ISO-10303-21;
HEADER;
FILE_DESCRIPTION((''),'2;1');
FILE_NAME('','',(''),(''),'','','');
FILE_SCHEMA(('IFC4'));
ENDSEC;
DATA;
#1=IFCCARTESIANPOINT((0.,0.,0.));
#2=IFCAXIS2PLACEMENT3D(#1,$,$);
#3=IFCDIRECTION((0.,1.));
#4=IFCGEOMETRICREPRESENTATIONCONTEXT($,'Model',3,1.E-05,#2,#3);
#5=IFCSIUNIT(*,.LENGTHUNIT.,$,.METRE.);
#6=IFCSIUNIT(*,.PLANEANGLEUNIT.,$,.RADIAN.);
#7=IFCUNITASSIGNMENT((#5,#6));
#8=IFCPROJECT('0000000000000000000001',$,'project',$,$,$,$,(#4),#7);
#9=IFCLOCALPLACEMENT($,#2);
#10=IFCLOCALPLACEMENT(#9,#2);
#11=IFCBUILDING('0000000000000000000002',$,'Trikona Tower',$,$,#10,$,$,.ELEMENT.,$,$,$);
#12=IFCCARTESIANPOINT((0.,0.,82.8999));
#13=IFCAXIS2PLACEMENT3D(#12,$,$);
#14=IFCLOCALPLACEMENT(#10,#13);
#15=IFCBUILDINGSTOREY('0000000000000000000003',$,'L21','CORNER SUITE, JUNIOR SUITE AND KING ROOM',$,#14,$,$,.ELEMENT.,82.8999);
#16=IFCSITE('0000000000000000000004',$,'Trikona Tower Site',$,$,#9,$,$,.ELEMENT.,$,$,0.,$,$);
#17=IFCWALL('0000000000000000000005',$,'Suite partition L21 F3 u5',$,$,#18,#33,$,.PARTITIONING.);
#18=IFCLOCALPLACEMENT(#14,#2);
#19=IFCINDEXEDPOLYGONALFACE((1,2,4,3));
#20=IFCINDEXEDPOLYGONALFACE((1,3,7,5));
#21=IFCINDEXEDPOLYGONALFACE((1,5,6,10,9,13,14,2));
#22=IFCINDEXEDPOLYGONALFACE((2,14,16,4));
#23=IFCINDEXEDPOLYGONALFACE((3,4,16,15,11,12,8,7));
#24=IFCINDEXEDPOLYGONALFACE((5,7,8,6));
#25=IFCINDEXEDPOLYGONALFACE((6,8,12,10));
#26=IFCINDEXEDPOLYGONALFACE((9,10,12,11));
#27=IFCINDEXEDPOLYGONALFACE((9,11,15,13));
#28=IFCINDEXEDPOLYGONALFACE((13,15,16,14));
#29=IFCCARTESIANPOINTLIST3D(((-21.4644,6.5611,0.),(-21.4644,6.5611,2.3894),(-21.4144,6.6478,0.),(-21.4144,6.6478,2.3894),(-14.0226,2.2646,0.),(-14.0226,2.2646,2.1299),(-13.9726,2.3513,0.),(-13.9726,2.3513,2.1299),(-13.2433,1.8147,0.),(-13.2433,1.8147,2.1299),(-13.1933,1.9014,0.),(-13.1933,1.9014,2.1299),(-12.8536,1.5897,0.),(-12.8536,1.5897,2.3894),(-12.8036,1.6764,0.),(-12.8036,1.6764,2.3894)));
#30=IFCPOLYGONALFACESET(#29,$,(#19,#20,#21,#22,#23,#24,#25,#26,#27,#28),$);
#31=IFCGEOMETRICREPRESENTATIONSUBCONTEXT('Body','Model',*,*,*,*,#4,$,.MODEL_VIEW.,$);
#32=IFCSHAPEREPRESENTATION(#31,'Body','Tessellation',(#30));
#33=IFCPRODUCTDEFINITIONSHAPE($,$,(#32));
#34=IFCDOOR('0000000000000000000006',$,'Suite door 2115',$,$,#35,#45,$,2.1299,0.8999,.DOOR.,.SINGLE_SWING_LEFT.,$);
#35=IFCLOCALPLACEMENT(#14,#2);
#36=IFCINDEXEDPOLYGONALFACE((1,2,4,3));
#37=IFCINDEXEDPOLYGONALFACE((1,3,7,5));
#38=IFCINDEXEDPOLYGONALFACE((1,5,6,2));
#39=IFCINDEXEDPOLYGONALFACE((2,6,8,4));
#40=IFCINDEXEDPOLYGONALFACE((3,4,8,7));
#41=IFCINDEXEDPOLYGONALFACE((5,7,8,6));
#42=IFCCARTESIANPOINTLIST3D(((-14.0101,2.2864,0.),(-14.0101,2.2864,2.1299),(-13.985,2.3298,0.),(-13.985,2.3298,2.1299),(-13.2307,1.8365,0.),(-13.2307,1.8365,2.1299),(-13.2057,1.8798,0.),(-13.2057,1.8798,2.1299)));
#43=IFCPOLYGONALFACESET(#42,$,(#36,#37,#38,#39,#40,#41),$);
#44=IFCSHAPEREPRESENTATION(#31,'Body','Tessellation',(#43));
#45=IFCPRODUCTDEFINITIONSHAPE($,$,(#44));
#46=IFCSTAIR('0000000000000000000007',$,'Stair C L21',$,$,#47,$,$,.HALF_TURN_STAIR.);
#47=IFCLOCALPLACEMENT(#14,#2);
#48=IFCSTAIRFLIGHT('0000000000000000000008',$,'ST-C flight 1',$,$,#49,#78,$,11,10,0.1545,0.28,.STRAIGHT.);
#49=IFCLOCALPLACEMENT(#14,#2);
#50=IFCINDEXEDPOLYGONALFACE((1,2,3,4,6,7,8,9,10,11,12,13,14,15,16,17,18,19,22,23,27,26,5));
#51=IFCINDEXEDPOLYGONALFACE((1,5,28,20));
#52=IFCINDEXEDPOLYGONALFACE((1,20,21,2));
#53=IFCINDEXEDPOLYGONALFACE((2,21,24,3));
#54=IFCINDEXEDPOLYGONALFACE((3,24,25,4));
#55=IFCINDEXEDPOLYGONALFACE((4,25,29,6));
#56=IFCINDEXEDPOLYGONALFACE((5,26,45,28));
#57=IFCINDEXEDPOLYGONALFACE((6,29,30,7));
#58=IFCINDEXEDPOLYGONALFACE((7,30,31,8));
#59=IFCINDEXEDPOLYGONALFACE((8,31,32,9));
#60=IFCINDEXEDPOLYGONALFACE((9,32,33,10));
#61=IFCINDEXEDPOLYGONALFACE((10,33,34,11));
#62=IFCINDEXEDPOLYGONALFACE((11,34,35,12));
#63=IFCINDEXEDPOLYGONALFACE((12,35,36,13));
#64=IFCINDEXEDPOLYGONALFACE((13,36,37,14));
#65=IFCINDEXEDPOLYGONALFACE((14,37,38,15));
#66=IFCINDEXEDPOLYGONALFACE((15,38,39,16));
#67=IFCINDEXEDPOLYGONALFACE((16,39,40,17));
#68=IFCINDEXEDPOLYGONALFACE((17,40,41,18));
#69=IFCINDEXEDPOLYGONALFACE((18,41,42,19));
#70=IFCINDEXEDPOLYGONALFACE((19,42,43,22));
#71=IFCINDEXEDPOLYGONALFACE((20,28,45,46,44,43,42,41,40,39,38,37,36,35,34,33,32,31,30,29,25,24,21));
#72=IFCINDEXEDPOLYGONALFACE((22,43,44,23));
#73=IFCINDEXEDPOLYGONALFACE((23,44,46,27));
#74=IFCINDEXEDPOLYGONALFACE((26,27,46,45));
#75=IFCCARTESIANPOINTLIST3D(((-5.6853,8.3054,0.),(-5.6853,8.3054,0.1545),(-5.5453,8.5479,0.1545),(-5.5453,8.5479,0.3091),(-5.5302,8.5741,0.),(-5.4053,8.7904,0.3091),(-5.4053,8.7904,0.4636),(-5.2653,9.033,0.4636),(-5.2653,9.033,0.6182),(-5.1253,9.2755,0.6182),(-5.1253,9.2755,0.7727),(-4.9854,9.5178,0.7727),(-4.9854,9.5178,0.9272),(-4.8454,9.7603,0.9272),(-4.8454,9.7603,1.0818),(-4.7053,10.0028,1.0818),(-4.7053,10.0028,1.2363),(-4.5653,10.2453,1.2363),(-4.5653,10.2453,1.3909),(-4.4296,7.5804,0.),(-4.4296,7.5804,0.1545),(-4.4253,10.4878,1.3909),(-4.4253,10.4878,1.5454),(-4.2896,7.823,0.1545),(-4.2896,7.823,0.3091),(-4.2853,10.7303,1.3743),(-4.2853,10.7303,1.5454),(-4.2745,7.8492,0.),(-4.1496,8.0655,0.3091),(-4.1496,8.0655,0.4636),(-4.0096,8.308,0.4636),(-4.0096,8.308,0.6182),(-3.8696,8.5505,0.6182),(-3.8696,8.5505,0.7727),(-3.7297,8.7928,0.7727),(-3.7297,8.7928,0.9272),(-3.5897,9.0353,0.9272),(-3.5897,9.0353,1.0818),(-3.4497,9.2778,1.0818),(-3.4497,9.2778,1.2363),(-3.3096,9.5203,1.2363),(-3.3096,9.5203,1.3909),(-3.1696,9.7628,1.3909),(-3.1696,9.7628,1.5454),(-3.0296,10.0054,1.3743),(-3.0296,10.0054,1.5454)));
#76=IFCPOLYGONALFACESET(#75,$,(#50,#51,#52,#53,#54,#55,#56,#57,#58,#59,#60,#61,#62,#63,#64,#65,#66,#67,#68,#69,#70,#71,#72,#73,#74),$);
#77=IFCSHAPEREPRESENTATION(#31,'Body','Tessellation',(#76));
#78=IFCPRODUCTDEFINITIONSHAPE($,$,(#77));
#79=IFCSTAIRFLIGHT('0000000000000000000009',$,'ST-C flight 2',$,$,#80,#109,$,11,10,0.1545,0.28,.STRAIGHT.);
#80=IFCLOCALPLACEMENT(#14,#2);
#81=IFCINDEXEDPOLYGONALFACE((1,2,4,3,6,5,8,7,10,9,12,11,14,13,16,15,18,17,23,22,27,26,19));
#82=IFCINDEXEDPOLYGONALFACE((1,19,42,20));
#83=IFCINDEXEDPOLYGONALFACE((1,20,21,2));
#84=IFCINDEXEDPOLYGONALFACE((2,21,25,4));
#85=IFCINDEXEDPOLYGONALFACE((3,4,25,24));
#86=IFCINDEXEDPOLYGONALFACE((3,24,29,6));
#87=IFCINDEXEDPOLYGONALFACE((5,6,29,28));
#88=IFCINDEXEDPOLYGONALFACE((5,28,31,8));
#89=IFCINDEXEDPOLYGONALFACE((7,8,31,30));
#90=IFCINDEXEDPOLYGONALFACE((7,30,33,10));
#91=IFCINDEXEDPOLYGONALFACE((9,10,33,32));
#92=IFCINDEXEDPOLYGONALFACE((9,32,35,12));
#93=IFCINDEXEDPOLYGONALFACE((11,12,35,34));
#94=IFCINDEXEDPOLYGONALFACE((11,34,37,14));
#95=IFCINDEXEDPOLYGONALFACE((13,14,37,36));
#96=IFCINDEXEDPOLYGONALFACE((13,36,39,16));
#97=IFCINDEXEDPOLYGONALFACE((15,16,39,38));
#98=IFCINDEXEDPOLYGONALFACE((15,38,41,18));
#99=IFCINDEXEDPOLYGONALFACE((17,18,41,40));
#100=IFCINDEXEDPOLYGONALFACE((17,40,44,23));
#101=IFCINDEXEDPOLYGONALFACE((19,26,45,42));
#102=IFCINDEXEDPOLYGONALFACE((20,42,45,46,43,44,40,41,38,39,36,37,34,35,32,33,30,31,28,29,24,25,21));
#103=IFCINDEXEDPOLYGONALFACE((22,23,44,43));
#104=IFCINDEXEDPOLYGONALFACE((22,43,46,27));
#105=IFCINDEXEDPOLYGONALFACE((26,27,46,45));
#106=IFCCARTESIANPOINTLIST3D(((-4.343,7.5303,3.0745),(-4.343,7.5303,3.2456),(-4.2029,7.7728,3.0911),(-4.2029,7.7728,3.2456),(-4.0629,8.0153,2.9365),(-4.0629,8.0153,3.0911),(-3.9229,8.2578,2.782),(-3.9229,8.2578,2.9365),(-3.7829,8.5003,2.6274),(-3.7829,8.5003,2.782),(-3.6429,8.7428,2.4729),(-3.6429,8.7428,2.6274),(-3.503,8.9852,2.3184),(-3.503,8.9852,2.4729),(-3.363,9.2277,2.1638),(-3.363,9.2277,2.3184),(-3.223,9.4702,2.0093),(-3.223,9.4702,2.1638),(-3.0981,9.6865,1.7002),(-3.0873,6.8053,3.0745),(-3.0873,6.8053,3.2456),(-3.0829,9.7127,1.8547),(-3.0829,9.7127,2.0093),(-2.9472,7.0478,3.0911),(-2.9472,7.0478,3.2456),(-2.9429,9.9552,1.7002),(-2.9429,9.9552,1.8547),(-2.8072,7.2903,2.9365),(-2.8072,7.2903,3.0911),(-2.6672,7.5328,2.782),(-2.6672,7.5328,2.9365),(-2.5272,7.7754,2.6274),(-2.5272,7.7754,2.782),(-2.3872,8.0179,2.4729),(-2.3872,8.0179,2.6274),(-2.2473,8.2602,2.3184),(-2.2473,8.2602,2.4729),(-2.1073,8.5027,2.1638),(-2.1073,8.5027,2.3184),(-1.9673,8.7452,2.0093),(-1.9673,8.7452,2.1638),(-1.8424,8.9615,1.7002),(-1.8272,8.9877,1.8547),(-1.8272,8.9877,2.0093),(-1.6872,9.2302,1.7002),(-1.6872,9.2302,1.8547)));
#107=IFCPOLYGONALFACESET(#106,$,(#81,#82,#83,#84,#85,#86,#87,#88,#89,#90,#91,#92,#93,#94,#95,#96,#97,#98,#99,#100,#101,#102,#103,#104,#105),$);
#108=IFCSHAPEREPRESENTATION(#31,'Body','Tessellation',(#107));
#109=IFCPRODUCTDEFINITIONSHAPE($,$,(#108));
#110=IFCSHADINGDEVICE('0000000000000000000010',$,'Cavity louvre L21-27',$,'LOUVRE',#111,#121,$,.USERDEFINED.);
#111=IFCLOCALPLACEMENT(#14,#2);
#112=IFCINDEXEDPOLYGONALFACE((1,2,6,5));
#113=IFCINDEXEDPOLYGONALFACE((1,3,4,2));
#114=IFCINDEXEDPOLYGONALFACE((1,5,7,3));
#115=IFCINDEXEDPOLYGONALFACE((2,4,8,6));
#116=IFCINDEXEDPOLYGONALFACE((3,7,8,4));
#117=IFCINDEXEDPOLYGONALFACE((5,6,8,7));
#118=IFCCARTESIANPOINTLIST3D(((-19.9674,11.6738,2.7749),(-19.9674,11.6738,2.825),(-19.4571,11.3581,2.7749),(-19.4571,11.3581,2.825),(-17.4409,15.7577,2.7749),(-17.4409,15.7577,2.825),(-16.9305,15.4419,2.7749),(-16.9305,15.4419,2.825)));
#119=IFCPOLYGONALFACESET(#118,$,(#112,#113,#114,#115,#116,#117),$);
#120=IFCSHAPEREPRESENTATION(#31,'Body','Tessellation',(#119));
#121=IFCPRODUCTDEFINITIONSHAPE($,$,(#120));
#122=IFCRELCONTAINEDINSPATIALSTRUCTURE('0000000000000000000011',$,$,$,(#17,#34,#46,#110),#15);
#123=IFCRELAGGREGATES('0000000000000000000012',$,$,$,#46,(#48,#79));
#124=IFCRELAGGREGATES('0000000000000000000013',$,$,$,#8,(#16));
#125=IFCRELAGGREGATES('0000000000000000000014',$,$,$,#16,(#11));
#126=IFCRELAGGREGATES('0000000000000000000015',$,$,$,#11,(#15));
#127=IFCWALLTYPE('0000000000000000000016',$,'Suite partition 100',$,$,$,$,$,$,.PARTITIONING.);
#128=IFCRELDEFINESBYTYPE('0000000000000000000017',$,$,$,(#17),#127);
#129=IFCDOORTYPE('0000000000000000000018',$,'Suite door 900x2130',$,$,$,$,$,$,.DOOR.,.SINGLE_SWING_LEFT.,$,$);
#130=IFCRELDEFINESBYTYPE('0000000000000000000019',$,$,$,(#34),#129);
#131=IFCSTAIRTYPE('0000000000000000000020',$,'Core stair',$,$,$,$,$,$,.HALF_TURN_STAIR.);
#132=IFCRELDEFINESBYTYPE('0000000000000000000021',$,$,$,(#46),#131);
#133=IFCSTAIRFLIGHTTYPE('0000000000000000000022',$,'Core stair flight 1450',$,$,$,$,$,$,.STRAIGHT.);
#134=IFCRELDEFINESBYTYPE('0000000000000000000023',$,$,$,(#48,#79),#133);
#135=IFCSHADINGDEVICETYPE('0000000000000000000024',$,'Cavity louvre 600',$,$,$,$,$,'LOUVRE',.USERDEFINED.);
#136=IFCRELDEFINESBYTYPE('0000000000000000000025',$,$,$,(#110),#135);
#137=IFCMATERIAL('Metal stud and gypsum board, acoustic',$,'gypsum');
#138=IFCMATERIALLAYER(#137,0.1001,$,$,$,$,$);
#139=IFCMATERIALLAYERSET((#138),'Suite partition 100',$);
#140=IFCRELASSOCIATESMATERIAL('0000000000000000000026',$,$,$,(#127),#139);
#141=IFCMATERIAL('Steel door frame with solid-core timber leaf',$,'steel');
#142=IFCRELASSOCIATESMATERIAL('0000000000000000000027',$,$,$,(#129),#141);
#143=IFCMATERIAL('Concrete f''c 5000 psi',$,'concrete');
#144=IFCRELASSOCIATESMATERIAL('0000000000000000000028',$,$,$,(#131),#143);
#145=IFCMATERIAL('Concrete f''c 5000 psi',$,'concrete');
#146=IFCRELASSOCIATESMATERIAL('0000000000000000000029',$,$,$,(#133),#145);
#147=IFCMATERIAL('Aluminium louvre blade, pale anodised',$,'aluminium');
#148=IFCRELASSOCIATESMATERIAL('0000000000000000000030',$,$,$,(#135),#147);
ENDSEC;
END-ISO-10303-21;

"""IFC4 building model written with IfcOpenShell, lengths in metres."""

from ifc_helpers import new_model, si_unit, direction, frame, frame_2d, origin, origin_2d, place, context, subcontext, project, spatial, polyline, rectangle, outline, extrude, material, layer, layer_set, type_object, element, fill, aggregate, save


model = new_model("IFC4")

# Units and contexts
model_context = context("Model", 3, precision=1e-05, world=origin(), true_north=direction((0.0, 1.0)))
body_context = subcontext(model_context, "Body", "Model", "MODEL_VIEW")
ifc_project = project(units=[si_unit("LENGTHUNIT", "METRE"), si_unit("PLANEANGLEUNIT", "RADIAN")], contexts=[model_context])

# Site, building, storey
site_placement = place(None, origin())
site = spatial("IfcSite", under=ifc_project, at=site_placement, Name="Trikona Tower Site", CompositionType="ELEMENT", RefElevation=0.0)
building_placement = place(site_placement, origin())
building = spatial("IfcBuilding", under=site, at=building_placement, Name="Trikona Tower", CompositionType="ELEMENT")
storey_placement = place(building_placement, frame((0.0, 0.0, 82.8999)))
storey = spatial("IfcBuildingStorey", under=building, at=storey_placement, Name="L21", Description="CORNER SUITE, JUNIOR SUITE AND KING ROOM", CompositionType="ELEMENT", Elevation=82.8999)

# Wall, opening, door
ifc_material_1 = material(Name="Metal stud and gypsum board, acoustic", Category="gypsum")
ifc_layer_1 = layer(ifc_material_1, 0.1001)
ifc_layer_set_1 = layer_set([ifc_layer_1], Name="Suite partition 100")
wall_type_1 = type_object("IfcWallType", Name="Suite partition 100", PredefinedType="PARTITIONING", material=ifc_layer_set_1)
ifc_material_2 = material(Name="Steel door frame with solid-core timber leaf", Category="steel")
door_type_1 = type_object("IfcDoorType", Name="Suite door 900x2130", OperationType="SINGLE_SWING_LEFT", PredefinedType="DOOR", material=ifc_material_2)
wall_1_placement = place(storey_placement, frame((-12.8286, 1.6331, 0.0), z_axis=(0.0, 0.0, 1.0), x_axis=(-0.866027, 0.499997, 0.0)))
wall_1 = element("IfcWall", 1, at=wall_1_placement, inside=storey, type_object=wall_type_1, Name="Suite partition L21 F3 u5", PredefinedType="PARTITIONING", context=body_context, shape_type="SweptSolid", body=[
    extrude(rectangle(XDim=9.9429, YDim=0.1001, at=frame_2d((4.9714, 0.0))), origin(), (0.0, 0.0, 1.0), 2.3894),
])
opening_1_placement = place(wall_1_placement, frame((0.45, 0.0, 0.0)))
opening_1 = element("IfcOpeningElement", 2, at=opening_1_placement, cuts=wall_1, PredefinedType="OPENING", context=body_context, shape_type="SweptSolid", body=[
    extrude(rectangle(XDim=0.8999, YDim=2.1299, at=frame_2d((0.45, 1.0649))), frame((0.0, 0.0601, 0.0), z_axis=(0.0, -1.0, 0.0), x_axis=(1.0, 0.0, 0.0)), (0.0, 0.0, 1.0), 0.1201),
])
door_1_placement = place(opening_1_placement, origin())
door_1 = element("IfcDoor", 3, at=door_1_placement, inside=storey, type_object=door_type_1, Name="Suite door 2115", OperationType="SINGLE_SWING_LEFT", OverallHeight=2.1299, OverallWidth=0.8999, PredefinedType="DOOR", context=body_context, shape_type="SweptSolid", body=[
    extrude(rectangle(XDim=0.8999, YDim=2.1299, at=frame_2d((0.45, 1.0649))), frame((0.0, 0.0249, 0.0), z_axis=(0.0, -1.0, 0.0), x_axis=(1.0, 0.0, 0.0)), (0.0, 0.0, 1.0), 0.05),
])
fill(opening_1, door_1)

# Stair, stair flights
ifc_material_3 = material(Name="Concrete f'c 5000 psi", Category="concrete")
stair_type = type_object("IfcStairType", Name="Core stair", PredefinedType="HALF_TURN_STAIR", material=ifc_material_3)
stair_placement = place(storey_placement, origin())
stair = element("IfcStair", 4, at=stair_placement, inside=storey, type_object=stair_type, Name="Stair C L21", PredefinedType="HALF_TURN_STAIR")
ifc_material_4 = material(Name="Concrete f'c 5000 psi", Category="concrete")
stair_flight_type = type_object("IfcStairFlightType", Name="Core stair flight 1450", PredefinedType="STRAIGHT", material=ifc_material_4)
stair_flight_1_placement = place(storey_placement, frame((-5.0574, 7.9429, 0.0), z_axis=(0.0, 0.0, 1.0), x_axis=(0.5, 0.866025, 0.0)))
stair_flight_1 = element("IfcStairFlight", 5, at=stair_flight_1_placement, type_object=stair_flight_type, Name="ST-C flight 1", NumberOfRisers=11, NumberOfTreads=10, PredefinedType="STRAIGHT", RiserHeight=0.1545, TreadLength=0.28, context=body_context, shape_type="SweptSolid", body=[
    extrude(outline(polyline([(0.0, 0.0), (0.0, 0.1545), (0.28, 0.1545), (0.28, 0.3091), (0.5601, 0.3091), (0.5601, 0.4636), (0.8401, 0.4636), (0.8401, 0.6182), (1.1201, 0.6182), (1.1201, 0.7727), (1.3999, 0.7727), (1.3999, 0.9272), (1.6799, 0.9272), (1.6799, 1.0818), (1.96, 1.0818), (1.96, 1.2363), (2.24, 1.2363), (2.24, 1.3909), (2.52, 1.3909), (2.52, 1.5454), (2.8, 1.5454), (2.8, 1.7), (2.8, 1.3743), (0.3103, 0.0), (0.0, 0.0)])), frame((0.0, 0.7251, 0.0), z_axis=(0.0, -1.0, 0.0), x_axis=(1.0, 0.0, 0.0)), (0.0, 0.0, 1.0), 1.45),
])
stair_flight_2_placement = place(storey_placement, frame((-2.3152, 9.5928, 1.7002), z_axis=(0.0, 0.0, 1.0), x_axis=(-0.5, -0.866025, 0.0)))
stair_flight_2 = element("IfcStairFlight", 6, at=stair_flight_2_placement, type_object=stair_flight_type, Name="ST-C flight 2", NumberOfRisers=11, NumberOfTreads=10, PredefinedType="STRAIGHT", RiserHeight=0.1545, TreadLength=0.28, context=body_context, shape_type="SweptSolid", body=[
    extrude(outline(polyline([(0.0, 0.0), (0.0, 0.1545), (0.28, 0.1545), (0.28, 0.3091), (0.5601, 0.3091), (0.5601, 0.4636), (0.8401, 0.4636), (0.8401, 0.6182), (1.1201, 0.6182), (1.1201, 0.7727), (1.3999, 0.7727), (1.3999, 0.9272), (1.6799, 0.9272), (1.6799, 1.0818), (1.96, 1.0818), (1.96, 1.2363), (2.24, 1.2363), (2.24, 1.3909), (2.52, 1.3909), (2.52, 1.5454), (2.8, 1.5454), (2.8, 1.7), (2.8, 1.3743), (0.3103, 0.0), (0.0, 0.0)])), frame((0.0, 0.7251, 0.0), z_axis=(0.0, -1.0, 0.0), x_axis=(1.0, 0.0, 0.0)), (0.0, 0.0, 1.0), 1.45),
])
aggregate(stair, [stair_flight_1, stair_flight_2])

# Shading device
ifc_material_5 = material(Name="Aluminium louvre blade, pale anodised", Category="aluminium")
shading_device_type = type_object("IfcShadingDeviceType", Name="Cavity louvre 600", ElementType="LOUVRE", PredefinedType="USERDEFINED", material=ifc_material_5)
shading_device_placement = place(storey_placement, frame((-18.449, 13.5579, 2.7749), z_axis=(0.0, 0.0, 1.0), x_axis=(-0.526119, -0.850411, 0.0)))
element("IfcShadingDevice", 7, at=shading_device_placement, inside=storey, type_object=shading_device_type, Name="Cavity louvre L21-27", ObjectType="LOUVRE", PredefinedType="USERDEFINED", context=body_context, shape_type="SweptSolid", body=[
    extrude(rectangle(XDim=4.8022, YDim=0.6001, at=origin_2d()), origin(), (0.0, 0.0, 1.0), 0.05),
])

save(model, "model.ifc")
